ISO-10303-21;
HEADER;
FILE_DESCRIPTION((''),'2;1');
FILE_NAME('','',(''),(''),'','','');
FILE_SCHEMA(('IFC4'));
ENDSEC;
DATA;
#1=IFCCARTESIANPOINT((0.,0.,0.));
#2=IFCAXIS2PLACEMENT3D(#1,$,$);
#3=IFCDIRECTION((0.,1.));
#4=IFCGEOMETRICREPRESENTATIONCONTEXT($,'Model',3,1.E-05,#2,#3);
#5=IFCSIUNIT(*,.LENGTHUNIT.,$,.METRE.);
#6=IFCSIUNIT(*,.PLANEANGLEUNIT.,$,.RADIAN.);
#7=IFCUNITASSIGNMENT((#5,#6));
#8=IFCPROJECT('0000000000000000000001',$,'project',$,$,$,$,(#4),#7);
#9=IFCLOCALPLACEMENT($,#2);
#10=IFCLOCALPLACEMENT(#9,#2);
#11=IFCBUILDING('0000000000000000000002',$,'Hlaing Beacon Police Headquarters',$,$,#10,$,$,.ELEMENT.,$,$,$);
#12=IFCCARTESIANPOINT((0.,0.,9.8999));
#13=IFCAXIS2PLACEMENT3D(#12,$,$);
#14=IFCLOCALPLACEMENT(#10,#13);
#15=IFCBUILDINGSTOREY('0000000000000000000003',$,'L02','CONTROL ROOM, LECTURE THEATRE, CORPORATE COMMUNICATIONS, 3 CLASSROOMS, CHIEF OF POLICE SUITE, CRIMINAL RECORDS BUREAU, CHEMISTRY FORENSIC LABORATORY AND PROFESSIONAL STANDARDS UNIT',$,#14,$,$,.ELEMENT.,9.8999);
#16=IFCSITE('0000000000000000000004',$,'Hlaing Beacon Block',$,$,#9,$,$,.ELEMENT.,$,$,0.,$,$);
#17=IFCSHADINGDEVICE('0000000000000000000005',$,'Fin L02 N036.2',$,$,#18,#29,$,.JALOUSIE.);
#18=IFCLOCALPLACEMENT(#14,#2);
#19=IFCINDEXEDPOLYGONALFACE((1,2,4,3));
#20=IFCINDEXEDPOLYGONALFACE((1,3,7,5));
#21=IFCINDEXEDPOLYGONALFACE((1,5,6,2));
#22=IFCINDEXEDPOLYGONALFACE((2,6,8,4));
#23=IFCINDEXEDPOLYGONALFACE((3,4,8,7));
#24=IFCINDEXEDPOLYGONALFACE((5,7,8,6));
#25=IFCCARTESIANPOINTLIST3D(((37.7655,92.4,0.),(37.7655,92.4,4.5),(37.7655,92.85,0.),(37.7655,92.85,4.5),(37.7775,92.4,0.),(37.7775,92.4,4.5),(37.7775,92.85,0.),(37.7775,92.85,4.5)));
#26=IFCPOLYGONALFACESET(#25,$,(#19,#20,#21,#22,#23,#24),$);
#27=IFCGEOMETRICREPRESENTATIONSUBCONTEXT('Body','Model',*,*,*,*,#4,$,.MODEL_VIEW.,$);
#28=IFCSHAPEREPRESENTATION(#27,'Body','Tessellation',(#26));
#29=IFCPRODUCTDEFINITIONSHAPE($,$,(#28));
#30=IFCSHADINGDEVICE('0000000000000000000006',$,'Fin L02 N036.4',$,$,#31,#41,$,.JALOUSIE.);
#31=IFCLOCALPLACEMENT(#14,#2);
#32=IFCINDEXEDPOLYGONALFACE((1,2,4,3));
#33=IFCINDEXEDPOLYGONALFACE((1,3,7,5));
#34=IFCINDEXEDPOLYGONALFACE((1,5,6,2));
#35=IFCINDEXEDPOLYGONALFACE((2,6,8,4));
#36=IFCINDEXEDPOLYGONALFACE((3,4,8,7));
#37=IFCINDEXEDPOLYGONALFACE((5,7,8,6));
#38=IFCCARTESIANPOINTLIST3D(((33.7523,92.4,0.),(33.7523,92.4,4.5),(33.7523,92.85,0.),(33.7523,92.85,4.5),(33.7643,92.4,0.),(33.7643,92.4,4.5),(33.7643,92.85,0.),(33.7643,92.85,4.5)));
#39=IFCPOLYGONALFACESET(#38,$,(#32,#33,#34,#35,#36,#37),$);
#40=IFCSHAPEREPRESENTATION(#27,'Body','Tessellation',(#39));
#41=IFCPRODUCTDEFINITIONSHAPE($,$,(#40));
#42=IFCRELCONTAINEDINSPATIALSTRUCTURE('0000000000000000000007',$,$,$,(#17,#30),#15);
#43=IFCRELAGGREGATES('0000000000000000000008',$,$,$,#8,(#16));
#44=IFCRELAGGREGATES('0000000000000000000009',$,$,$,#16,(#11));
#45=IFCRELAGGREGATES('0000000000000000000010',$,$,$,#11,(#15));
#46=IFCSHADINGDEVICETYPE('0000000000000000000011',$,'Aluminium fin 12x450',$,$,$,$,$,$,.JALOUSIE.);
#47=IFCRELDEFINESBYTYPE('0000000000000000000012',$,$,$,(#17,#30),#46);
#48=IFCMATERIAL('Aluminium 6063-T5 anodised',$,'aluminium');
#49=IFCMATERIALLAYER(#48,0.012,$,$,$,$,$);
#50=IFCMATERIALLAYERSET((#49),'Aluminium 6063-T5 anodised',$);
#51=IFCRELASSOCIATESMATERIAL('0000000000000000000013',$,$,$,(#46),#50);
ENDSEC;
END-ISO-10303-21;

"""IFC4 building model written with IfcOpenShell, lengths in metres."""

from ifc_helpers import new_model, si_unit, direction, frame, origin, origin_2d, place, context, subcontext, project, spatial, rectangle, extrude, material, layer, layer_set, type_object, element, save


model = new_model("IFC4")

# Units and contexts
model_context = context("Model", 3, precision=1e-05, world=origin(), true_north=direction((0.0, 1.0)))
body_context = subcontext(model_context, "Body", "Model", "MODEL_VIEW")
ifc_project = project(units=[si_unit("LENGTHUNIT", "METRE"), si_unit("PLANEANGLEUNIT", "RADIAN")], contexts=[model_context])

# Site, building, storey
site_placement = place(None, origin())
site = spatial("IfcSite", under=ifc_project, at=site_placement, Name="Hlaing Beacon Block", CompositionType="ELEMENT", RefElevation=0.0)
building_placement = place(site_placement, origin())
building = spatial("IfcBuilding", under=site, at=building_placement, Name="Hlaing Beacon Police Headquarters", CompositionType="ELEMENT")
storey_placement = place(building_placement, frame((0.0, 0.0, 9.8999)))
storey = spatial("IfcBuildingStorey", under=building, at=storey_placement, Name="L02", Description="CONTROL ROOM, LECTURE THEATRE, CORPORATE COMMUNICATIONS, 3 CLASSROOMS, CHIEF OF POLICE SUITE, CRIMINAL RECORDS BUREAU, CHEMISTRY FORENSIC LABORATORY AND PROFESSIONAL STANDARDS UNIT", CompositionType="ELEMENT", Elevation=9.8999)

# Shading devices
ifc_material_1 = material(Name="Aluminium 6063-T5 anodised", Category="aluminium")
ifc_layer_1 = layer(ifc_material_1, 0.012)
ifc_layer_set_1 = layer_set([ifc_layer_1], Name="Aluminium 6063-T5 anodised")
shading_device_type = type_object("IfcShadingDeviceType", Name="Aluminium fin 12x450", PredefinedType="JALOUSIE", material=ifc_layer_set_1)
for number, where, z_axis, x_axis, name in (
    (1, (37.7715, 92.625, 0.0), (0.0, 0.0, 1.0), (-1.0, 0.0, 0.0), "Fin L02 N036.2"),
    (2, (33.7583, 92.625, 0.0), (0.0, 0.0, 1.0), (-1.0, 0.0, 0.0), "Fin L02 N036.4"),
):
    element("IfcShadingDevice", number, at=place(storey_placement, frame(where, z_axis=z_axis, x_axis=x_axis)), inside=storey, type_object=shading_device_type, Name=name, PredefinedType="JALOUSIE", context=body_context, shape_type="SweptSolid", body=[
        extrude(rectangle(XDim=0.012, YDim=0.45, at=origin_2d()), origin(), (0.0, 0.0, 1.0), 4.5),
    ])

save(model, "model.ifc")
